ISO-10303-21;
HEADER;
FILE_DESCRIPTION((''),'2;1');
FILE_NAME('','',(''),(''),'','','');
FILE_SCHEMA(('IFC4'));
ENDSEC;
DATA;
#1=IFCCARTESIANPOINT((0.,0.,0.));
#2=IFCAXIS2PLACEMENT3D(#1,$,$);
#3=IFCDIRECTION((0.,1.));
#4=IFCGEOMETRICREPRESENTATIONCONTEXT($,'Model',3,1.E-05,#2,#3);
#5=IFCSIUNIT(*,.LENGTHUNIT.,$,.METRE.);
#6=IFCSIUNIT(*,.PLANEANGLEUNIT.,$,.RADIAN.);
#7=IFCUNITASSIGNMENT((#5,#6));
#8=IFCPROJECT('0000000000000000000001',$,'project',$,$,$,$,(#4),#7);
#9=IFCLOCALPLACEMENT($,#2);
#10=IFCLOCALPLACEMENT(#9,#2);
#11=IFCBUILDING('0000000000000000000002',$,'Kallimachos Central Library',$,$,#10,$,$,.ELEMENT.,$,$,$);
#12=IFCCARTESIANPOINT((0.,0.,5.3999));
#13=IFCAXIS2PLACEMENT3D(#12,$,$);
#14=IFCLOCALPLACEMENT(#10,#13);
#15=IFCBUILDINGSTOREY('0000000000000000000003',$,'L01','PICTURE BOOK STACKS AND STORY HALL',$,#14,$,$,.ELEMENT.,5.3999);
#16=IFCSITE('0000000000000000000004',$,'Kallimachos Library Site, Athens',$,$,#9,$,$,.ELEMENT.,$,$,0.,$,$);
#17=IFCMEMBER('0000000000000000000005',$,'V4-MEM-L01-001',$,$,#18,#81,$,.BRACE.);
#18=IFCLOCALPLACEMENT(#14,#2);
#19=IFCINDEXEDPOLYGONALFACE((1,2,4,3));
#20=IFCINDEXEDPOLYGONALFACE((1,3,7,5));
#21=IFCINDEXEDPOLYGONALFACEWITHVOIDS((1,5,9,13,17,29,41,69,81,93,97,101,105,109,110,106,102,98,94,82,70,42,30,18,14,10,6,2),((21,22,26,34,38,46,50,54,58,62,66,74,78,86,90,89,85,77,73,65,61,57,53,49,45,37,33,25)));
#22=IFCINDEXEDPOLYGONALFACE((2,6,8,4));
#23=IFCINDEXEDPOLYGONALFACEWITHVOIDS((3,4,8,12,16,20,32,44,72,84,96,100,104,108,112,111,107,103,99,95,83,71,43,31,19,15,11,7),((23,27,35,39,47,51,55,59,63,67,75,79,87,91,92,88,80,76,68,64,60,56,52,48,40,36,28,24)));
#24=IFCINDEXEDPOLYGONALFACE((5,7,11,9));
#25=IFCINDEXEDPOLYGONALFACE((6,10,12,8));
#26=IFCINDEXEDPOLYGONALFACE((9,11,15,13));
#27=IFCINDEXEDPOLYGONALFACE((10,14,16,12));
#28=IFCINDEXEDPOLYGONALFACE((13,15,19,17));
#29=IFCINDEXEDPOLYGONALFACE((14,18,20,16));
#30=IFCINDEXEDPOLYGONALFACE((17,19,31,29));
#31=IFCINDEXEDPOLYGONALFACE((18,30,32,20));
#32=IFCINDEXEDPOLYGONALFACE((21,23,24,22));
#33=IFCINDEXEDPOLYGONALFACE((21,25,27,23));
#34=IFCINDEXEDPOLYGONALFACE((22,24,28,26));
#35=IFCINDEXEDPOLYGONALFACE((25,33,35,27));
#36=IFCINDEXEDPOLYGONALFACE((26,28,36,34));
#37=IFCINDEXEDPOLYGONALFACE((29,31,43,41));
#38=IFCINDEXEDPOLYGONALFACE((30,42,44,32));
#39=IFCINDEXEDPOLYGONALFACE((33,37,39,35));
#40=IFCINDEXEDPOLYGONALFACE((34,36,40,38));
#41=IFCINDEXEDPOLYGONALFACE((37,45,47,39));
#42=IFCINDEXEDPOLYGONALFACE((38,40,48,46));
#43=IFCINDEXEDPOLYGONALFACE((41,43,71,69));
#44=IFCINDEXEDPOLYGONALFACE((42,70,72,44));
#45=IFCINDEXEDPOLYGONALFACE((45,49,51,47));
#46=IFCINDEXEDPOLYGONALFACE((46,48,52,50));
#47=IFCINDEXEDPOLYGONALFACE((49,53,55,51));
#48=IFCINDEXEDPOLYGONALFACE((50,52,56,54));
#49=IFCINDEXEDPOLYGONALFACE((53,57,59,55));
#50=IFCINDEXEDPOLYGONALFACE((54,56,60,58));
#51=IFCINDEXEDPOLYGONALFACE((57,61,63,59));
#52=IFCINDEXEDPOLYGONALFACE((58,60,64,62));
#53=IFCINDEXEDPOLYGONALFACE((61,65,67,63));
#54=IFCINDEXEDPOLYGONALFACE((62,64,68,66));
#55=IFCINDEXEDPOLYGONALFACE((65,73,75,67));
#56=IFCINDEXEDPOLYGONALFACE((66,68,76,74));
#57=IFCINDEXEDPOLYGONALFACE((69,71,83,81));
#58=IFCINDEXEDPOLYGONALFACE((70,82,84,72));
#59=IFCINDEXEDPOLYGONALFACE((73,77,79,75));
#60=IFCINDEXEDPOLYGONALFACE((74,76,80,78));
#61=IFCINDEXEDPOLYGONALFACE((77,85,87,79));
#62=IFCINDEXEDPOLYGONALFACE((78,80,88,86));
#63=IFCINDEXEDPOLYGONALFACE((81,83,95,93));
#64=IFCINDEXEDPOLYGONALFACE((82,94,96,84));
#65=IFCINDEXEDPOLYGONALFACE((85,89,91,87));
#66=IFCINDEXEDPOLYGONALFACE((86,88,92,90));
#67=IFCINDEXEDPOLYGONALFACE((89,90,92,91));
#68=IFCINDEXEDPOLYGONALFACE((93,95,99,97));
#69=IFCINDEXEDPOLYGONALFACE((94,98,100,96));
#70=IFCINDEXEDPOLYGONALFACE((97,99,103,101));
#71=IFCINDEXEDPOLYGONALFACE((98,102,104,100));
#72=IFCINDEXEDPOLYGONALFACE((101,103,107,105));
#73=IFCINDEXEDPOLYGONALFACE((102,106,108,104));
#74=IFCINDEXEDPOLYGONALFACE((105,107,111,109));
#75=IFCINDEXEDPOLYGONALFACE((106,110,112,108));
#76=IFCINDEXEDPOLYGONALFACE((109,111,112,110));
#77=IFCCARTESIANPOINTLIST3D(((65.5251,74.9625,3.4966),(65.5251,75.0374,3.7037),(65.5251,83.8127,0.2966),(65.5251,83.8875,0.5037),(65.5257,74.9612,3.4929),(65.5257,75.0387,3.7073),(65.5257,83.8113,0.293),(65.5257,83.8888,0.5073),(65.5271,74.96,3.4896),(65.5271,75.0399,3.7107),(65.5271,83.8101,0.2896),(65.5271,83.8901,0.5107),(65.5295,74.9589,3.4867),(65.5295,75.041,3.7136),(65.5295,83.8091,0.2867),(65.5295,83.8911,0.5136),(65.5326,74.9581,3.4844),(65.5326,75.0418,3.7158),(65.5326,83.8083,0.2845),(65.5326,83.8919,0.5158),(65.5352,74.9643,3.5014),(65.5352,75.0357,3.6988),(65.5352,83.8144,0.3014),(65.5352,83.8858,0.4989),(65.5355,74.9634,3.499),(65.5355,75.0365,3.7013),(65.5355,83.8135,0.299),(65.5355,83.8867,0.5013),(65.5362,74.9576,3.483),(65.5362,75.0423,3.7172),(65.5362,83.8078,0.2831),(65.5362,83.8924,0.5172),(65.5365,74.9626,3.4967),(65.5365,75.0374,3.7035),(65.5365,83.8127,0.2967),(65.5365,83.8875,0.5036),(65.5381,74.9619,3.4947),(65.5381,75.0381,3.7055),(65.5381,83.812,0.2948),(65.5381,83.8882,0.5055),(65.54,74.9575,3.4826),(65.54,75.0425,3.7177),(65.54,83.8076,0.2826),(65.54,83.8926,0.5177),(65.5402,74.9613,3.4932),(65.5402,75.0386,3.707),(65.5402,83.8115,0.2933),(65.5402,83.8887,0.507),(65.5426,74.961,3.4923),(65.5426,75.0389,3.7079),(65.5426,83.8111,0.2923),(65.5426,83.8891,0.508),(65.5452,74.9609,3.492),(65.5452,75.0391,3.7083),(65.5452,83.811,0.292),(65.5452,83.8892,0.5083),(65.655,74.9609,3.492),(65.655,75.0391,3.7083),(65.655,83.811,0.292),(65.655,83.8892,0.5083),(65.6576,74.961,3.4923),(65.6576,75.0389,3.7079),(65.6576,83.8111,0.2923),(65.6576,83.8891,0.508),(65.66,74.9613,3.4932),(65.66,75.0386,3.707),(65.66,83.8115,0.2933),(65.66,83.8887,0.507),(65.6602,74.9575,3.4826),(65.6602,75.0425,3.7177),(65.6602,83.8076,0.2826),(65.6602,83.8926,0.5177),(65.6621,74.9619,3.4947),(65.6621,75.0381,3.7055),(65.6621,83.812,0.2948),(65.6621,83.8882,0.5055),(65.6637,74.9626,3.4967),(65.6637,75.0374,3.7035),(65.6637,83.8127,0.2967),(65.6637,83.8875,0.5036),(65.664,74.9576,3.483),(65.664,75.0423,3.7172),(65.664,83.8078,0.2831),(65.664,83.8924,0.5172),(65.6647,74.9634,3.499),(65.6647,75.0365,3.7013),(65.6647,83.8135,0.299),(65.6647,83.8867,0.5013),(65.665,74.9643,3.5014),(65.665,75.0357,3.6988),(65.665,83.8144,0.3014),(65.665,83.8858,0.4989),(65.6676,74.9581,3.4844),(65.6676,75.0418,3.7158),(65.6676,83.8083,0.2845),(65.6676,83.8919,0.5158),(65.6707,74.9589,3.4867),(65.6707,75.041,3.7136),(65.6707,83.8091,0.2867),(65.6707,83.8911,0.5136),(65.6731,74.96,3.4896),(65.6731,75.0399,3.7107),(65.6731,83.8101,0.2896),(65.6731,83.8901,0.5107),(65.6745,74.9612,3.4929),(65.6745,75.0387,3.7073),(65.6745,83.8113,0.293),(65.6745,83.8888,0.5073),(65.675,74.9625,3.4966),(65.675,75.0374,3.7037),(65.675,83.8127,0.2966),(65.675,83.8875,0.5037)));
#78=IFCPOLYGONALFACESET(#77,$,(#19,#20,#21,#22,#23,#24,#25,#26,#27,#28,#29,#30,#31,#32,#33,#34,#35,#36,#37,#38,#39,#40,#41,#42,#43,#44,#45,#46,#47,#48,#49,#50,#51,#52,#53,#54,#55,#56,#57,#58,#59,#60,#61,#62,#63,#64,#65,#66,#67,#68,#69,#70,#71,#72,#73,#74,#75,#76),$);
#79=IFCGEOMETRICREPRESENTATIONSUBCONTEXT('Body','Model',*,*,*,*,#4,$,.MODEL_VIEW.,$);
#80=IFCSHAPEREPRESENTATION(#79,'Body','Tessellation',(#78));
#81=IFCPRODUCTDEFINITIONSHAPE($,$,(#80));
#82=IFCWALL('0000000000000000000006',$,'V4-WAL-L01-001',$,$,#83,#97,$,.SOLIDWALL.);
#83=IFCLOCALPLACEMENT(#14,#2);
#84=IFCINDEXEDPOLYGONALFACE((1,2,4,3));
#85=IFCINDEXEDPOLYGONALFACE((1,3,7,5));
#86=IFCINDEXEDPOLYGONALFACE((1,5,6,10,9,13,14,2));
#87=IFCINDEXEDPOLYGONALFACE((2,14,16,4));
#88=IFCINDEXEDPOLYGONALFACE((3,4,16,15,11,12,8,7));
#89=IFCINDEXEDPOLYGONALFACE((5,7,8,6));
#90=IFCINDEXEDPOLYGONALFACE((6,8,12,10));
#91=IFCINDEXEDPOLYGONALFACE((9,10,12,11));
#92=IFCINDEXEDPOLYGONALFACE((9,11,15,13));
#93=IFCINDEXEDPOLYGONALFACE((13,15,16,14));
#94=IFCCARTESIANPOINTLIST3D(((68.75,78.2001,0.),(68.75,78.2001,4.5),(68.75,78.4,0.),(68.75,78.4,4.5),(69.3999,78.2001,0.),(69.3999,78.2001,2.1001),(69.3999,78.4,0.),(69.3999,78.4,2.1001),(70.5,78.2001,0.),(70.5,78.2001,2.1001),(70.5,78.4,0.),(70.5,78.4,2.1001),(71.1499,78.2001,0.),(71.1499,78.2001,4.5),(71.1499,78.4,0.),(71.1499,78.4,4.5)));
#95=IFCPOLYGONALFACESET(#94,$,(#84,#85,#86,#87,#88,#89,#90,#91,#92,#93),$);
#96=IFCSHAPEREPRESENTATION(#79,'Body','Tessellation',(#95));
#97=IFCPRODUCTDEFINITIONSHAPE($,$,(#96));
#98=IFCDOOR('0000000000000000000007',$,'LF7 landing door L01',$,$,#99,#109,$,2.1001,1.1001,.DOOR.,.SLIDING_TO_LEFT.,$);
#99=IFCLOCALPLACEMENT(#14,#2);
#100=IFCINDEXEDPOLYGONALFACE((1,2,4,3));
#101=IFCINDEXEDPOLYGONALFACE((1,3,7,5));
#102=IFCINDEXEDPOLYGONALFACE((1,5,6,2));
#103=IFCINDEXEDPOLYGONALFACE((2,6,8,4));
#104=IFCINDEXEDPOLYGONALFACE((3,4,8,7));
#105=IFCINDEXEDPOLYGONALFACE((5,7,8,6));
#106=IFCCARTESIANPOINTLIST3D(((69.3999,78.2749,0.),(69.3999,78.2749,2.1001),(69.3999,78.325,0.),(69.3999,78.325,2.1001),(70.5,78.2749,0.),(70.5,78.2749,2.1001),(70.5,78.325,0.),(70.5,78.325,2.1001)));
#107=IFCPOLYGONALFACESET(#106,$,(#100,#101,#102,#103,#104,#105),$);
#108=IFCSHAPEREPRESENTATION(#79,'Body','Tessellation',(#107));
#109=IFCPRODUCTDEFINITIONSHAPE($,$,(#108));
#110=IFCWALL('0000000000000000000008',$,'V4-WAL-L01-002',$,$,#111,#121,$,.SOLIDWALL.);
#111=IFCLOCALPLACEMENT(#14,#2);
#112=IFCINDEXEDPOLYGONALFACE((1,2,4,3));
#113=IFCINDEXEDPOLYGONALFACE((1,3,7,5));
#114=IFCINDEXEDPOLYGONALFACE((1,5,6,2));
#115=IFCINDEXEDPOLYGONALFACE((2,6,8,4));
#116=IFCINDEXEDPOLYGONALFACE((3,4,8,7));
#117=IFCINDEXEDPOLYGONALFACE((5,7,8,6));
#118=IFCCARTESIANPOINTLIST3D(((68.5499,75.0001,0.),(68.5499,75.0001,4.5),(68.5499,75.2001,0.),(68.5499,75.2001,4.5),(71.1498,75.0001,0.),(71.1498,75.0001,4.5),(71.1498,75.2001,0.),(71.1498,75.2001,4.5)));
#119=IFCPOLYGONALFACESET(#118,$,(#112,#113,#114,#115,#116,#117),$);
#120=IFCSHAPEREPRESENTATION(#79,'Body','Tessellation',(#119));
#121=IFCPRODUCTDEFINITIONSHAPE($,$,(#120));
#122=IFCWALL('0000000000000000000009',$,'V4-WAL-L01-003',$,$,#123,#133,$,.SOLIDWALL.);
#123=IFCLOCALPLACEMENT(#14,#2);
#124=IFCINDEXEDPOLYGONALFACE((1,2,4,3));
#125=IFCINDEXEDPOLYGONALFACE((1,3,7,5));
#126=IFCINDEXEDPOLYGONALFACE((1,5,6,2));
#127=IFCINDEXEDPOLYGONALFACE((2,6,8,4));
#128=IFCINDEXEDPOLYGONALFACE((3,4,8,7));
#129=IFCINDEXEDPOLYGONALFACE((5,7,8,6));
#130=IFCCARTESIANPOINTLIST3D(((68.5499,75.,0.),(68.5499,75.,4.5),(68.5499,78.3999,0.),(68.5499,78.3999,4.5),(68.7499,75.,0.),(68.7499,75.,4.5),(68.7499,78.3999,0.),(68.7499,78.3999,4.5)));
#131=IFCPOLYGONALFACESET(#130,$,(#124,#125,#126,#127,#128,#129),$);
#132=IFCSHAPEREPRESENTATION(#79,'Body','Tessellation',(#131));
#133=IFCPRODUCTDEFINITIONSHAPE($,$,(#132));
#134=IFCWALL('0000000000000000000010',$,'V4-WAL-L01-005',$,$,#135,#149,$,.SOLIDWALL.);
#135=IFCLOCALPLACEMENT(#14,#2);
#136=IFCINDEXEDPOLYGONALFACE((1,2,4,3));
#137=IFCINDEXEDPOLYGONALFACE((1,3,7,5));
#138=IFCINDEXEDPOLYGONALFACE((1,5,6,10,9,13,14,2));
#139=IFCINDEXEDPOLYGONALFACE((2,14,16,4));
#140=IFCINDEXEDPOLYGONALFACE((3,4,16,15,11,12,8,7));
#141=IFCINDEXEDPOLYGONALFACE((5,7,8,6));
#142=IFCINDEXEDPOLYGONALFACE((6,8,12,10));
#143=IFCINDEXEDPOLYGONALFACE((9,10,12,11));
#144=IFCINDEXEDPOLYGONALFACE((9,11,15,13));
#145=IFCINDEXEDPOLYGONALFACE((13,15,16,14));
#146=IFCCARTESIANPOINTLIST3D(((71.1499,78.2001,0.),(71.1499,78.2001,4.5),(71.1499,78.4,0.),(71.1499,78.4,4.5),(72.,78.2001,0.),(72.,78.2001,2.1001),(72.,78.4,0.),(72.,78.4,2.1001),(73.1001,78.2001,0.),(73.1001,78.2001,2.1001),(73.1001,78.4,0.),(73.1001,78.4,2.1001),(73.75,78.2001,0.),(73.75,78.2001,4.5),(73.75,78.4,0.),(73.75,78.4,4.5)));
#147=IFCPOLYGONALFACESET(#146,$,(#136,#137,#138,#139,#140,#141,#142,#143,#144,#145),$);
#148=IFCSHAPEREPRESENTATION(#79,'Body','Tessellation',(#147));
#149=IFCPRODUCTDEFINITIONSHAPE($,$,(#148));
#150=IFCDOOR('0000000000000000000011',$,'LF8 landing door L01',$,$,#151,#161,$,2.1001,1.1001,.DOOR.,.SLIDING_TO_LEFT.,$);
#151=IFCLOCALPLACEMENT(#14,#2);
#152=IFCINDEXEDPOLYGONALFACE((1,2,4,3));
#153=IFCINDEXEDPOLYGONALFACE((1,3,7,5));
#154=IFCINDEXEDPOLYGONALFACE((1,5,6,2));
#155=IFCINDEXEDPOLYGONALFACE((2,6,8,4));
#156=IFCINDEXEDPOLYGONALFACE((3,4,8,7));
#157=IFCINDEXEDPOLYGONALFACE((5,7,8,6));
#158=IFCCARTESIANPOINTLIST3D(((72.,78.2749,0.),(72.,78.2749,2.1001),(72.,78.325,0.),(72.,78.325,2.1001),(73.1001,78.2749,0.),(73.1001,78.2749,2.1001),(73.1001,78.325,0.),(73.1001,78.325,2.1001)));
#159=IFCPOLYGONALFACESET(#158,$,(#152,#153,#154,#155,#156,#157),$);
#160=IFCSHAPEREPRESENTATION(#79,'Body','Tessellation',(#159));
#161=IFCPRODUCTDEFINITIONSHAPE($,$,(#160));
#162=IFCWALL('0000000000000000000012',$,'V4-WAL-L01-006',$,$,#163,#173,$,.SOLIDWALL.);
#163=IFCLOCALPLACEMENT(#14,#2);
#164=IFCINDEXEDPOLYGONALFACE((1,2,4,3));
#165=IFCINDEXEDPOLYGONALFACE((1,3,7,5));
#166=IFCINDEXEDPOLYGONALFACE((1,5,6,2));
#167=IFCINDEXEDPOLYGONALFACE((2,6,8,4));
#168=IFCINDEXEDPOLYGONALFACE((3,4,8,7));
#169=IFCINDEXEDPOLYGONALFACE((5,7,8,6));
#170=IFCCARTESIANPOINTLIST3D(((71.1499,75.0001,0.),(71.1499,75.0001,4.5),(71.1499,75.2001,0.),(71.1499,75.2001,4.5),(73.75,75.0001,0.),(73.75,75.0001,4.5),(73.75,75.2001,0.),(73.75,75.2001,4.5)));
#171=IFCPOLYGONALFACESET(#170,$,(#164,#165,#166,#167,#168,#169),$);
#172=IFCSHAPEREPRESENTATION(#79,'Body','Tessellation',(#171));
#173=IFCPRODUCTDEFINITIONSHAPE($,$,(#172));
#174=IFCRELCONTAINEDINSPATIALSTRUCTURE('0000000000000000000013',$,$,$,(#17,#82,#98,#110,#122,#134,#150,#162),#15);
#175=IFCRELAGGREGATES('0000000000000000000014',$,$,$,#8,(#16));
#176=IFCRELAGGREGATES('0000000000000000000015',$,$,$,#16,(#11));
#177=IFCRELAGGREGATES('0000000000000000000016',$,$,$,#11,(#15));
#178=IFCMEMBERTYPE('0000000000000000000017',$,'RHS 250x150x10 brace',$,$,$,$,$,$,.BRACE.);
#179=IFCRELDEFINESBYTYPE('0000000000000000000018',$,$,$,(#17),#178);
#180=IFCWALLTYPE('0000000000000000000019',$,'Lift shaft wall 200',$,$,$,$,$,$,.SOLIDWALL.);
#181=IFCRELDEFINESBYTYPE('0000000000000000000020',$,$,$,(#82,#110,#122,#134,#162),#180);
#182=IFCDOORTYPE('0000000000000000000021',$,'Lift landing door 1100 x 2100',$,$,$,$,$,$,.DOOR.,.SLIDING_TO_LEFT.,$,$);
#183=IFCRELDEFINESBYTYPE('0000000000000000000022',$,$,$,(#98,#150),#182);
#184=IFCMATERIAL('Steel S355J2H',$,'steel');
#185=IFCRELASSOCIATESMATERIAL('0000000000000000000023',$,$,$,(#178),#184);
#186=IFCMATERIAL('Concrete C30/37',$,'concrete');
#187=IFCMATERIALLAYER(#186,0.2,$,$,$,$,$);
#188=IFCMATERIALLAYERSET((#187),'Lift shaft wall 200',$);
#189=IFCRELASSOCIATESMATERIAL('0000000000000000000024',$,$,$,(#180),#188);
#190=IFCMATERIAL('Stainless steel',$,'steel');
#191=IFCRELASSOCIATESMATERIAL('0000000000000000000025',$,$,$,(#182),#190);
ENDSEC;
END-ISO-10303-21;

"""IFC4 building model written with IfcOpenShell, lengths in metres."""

from ifc_helpers import new_model, si_unit, direction, frame, frame_2d, origin, origin_2d, place, context, subcontext, project, spatial, rectangle, hollow_rectangle, extrude, material, layer, layer_set, material_profile, profile_set, type_object, element, fill, save


model = new_model("IFC4")

# Units and contexts
model_context = context("Model", 3, precision=1e-05, world=origin(), true_north=direction((0.0, 1.0)))
body_context = subcontext(model_context, "Body", "Model", "MODEL_VIEW")
ifc_project = project(units=[si_unit("LENGTHUNIT", "METRE"), si_unit("PLANEANGLEUNIT", "RADIAN")], contexts=[model_context])

# Site, building, storey
site_placement = place(None, origin())
site = spatial("IfcSite", under=ifc_project, at=site_placement, Name="Kallimachos Library Site, Athens", CompositionType="ELEMENT", RefElevation=0.0)
building_placement = place(site_placement, origin())
building = spatial("IfcBuilding", under=site, at=building_placement, Name="Kallimachos Central Library", CompositionType="ELEMENT")
storey_placement = place(building_placement, frame((0.0, 0.0, 5.3999)))
storey = spatial("IfcBuildingStorey", under=building, at=storey_placement, Name="L01", Description="PICTURE BOOK STACKS AND STORY HALL", CompositionType="ELEMENT", Elevation=5.3999)

# Member
ifc_material_1 = material(Name="Steel S355J2H", Category="steel")
ifc_material_profile_1 = material_profile(ifc_material_1, hollow_rectangle(XDim=0.1499, YDim=0.25, WallThickness=0.01, InnerFilletRadius=0.01, OuterFilletRadius=0.0149, at=origin_2d()), Name="RHS 250x150x10")
ifc_profile_set_1 = profile_set([ifc_material_profile_1], Name="Steel S355J2H")
member_type = type_object("IfcMemberType", Name="RHS 250x150x10 brace", PredefinedType="BRACE", material=ifc_profile_set_1)
member_placement = place(storey_placement, frame((65.6001, 83.8501, 0.4001), z_axis=(0.0, -0.940415, 0.340028), x_axis=(1.0, 0.0, 0.0)))
element("IfcMember", 1, at=member_placement, inside=storey, type_object=member_type, Name="V4-MEM-L01-001", PredefinedType="BRACE", context=body_context, shape_type="SweptSolid", body=[
    extrude(hollow_rectangle(XDim=0.1499, YDim=0.25, WallThickness=0.01, InnerFilletRadius=0.01, OuterFilletRadius=0.0149, at=origin_2d()), origin(), (0.0, 0.0, 1.0), 9.4109),
])

# Wall, opening, door
ifc_material_2 = material(Name="Concrete C30/37", Category="concrete")
ifc_layer_1 = layer(ifc_material_2, 0.2)
ifc_layer_set_1 = layer_set([ifc_layer_1], Name="Lift shaft wall 200")
wall_type_1 = type_object("IfcWallType", Name="Lift shaft wall 200", PredefinedType="SOLIDWALL", material=ifc_layer_set_1)
wall_1_placement = place(storey_placement, frame((68.75, 78.3, 0.0), z_axis=(0.0, 0.0, 1.0), x_axis=(1.0, 0.0, 0.0)))
wall_1 = element("IfcWall", 2, at=wall_1_placement, inside=storey, type_object=wall_type_1, Name="V4-WAL-L01-001", PredefinedType="SOLIDWALL", context=body_context, shape_type="SweptSolid", body=[
    extrude(rectangle(XDim=2.3999, YDim=0.2, at=frame_2d((1.2, 0.0))), origin(), (0.0, 0.0, 1.0), 4.5),
])
opening_1_placement = place(wall_1_placement, frame((0.6499, 0.0, 0.0)))
opening_1 = element("IfcOpeningElement", 3, at=opening_1_placement, cuts=wall_1, PredefinedType="OPENING", context=body_context, shape_type="SweptSolid", body=[
    extrude(rectangle(XDim=1.1001, YDim=2.1001, at=frame_2d((0.55, 1.05))), frame((0.0, 0.1099, 0.0), z_axis=(0.0, -1.0, 0.0), x_axis=(1.0, 0.0, 0.0)), (0.0, 0.0, 1.0), 0.22),
])
ifc_material_3 = material(Name="Stainless steel", Category="steel")
door_type_1 = type_object("IfcDoorType", Name="Lift landing door 1100 x 2100", OperationType="SLIDING_TO_LEFT", PredefinedType="DOOR", material=ifc_material_3)
door_1_placement = place(opening_1_placement, origin())
door_1 = element("IfcDoor", 4, at=door_1_placement, inside=storey, type_object=door_type_1, Name="LF7 landing door L01", OperationType="SLIDING_TO_LEFT", OverallHeight=2.1001, OverallWidth=1.1001, PredefinedType="DOOR", context=body_context, shape_type="SweptSolid", body=[
    extrude(rectangle(XDim=1.1001, YDim=2.1001, at=frame_2d((0.55, 1.05))), frame((0.0, 0.0249, 0.0), z_axis=(0.0, -1.0, 0.0), x_axis=(1.0, 0.0, 0.0)), (0.0, 0.0, 1.0), 0.05),
])
fill(opening_1, door_1)

# Walls
wall_2_placement = place(storey_placement, frame((68.55, 75.1001, 0.0), z_axis=(0.0, 0.0, 1.0), x_axis=(1.0, 0.0, 0.0)))
element("IfcWall", 5, at=wall_2_placement, inside=storey, type_object=wall_type_1, Name="V4-WAL-L01-002", PredefinedType="SOLIDWALL", context=body_context, shape_type="SweptSolid", body=[
    extrude(rectangle(XDim=2.5999, YDim=0.2, at=frame_2d((1.2998, 0.0))), origin(), (0.0, 0.0, 1.0), 4.5),
])
wall_3_placement = place(storey_placement, frame((68.6499, 75.0, 0.0), z_axis=(0.0, 0.0, 1.0), x_axis=(0.0, 1.0, 0.0)))
element("IfcWall", 6, at=wall_3_placement, inside=storey, type_object=wall_type_1, Name="V4-WAL-L01-003", PredefinedType="SOLIDWALL", context=body_context, shape_type="SweptSolid", body=[
    extrude(rectangle(XDim=3.3999, YDim=0.2, at=frame_2d((1.7, 0.0))), origin(), (0.0, 0.0, 1.0), 4.5),
])

# Wall, opening, door
wall_4_placement = place(storey_placement, frame((71.1499, 78.3, 0.0), z_axis=(0.0, 0.0, 1.0), x_axis=(1.0, 0.0, 0.0)))
wall_4 = element("IfcWall", 7, at=wall_4_placement, inside=storey, type_object=wall_type_1, Name="V4-WAL-L01-005", PredefinedType="SOLIDWALL", context=body_context, shape_type="SweptSolid", body=[
    extrude(rectangle(XDim=2.6001, YDim=0.2, at=frame_2d((1.3, 0.0))), origin(), (0.0, 0.0, 1.0), 4.5),
])
opening_2_placement = place(wall_4_placement, frame((0.8501, 0.0, 0.0)))
opening_2 = element("IfcOpeningElement", 8, at=opening_2_placement, cuts=wall_4, PredefinedType="OPENING", context=body_context, shape_type="SweptSolid", body=[
    extrude(rectangle(XDim=1.1001, YDim=2.1001, at=frame_2d((0.55, 1.05))), frame((0.0, 0.1099, 0.0), z_axis=(0.0, -1.0, 0.0), x_axis=(1.0, 0.0, 0.0)), (0.0, 0.0, 1.0), 0.22),
])
door_2_placement = place(opening_2_placement, origin())
door_2 = element("IfcDoor", 9, at=door_2_placement, inside=storey, type_object=door_type_1, Name="LF8 landing door L01", OperationType="SLIDING_TO_LEFT", OverallHeight=2.1001, OverallWidth=1.1001, PredefinedType="DOOR", context=body_context, shape_type="SweptSolid", body=[
    extrude(rectangle(XDim=1.1001, YDim=2.1001, at=frame_2d((0.55, 1.05))), frame((0.0, 0.0249, 0.0), z_axis=(0.0, -1.0, 0.0), x_axis=(1.0, 0.0, 0.0)), (0.0, 0.0, 1.0), 0.05),
])
fill(opening_2, door_2)

# Wall
wall_5_placement = place(storey_placement, frame((71.1499, 75.1001, 0.0), z_axis=(0.0, 0.0, 1.0), x_axis=(1.0, 0.0, 0.0)))
element("IfcWall", 10, at=wall_5_placement, inside=storey, type_object=wall_type_1, Name="V4-WAL-L01-006", PredefinedType="SOLIDWALL", context=body_context, shape_type="SweptSolid", body=[
    extrude(rectangle(XDim=2.6001, YDim=0.2, at=frame_2d((1.3, 0.0))), origin(), (0.0, 0.0, 1.0), 4.5),
])

save(model, "model.ifc")
